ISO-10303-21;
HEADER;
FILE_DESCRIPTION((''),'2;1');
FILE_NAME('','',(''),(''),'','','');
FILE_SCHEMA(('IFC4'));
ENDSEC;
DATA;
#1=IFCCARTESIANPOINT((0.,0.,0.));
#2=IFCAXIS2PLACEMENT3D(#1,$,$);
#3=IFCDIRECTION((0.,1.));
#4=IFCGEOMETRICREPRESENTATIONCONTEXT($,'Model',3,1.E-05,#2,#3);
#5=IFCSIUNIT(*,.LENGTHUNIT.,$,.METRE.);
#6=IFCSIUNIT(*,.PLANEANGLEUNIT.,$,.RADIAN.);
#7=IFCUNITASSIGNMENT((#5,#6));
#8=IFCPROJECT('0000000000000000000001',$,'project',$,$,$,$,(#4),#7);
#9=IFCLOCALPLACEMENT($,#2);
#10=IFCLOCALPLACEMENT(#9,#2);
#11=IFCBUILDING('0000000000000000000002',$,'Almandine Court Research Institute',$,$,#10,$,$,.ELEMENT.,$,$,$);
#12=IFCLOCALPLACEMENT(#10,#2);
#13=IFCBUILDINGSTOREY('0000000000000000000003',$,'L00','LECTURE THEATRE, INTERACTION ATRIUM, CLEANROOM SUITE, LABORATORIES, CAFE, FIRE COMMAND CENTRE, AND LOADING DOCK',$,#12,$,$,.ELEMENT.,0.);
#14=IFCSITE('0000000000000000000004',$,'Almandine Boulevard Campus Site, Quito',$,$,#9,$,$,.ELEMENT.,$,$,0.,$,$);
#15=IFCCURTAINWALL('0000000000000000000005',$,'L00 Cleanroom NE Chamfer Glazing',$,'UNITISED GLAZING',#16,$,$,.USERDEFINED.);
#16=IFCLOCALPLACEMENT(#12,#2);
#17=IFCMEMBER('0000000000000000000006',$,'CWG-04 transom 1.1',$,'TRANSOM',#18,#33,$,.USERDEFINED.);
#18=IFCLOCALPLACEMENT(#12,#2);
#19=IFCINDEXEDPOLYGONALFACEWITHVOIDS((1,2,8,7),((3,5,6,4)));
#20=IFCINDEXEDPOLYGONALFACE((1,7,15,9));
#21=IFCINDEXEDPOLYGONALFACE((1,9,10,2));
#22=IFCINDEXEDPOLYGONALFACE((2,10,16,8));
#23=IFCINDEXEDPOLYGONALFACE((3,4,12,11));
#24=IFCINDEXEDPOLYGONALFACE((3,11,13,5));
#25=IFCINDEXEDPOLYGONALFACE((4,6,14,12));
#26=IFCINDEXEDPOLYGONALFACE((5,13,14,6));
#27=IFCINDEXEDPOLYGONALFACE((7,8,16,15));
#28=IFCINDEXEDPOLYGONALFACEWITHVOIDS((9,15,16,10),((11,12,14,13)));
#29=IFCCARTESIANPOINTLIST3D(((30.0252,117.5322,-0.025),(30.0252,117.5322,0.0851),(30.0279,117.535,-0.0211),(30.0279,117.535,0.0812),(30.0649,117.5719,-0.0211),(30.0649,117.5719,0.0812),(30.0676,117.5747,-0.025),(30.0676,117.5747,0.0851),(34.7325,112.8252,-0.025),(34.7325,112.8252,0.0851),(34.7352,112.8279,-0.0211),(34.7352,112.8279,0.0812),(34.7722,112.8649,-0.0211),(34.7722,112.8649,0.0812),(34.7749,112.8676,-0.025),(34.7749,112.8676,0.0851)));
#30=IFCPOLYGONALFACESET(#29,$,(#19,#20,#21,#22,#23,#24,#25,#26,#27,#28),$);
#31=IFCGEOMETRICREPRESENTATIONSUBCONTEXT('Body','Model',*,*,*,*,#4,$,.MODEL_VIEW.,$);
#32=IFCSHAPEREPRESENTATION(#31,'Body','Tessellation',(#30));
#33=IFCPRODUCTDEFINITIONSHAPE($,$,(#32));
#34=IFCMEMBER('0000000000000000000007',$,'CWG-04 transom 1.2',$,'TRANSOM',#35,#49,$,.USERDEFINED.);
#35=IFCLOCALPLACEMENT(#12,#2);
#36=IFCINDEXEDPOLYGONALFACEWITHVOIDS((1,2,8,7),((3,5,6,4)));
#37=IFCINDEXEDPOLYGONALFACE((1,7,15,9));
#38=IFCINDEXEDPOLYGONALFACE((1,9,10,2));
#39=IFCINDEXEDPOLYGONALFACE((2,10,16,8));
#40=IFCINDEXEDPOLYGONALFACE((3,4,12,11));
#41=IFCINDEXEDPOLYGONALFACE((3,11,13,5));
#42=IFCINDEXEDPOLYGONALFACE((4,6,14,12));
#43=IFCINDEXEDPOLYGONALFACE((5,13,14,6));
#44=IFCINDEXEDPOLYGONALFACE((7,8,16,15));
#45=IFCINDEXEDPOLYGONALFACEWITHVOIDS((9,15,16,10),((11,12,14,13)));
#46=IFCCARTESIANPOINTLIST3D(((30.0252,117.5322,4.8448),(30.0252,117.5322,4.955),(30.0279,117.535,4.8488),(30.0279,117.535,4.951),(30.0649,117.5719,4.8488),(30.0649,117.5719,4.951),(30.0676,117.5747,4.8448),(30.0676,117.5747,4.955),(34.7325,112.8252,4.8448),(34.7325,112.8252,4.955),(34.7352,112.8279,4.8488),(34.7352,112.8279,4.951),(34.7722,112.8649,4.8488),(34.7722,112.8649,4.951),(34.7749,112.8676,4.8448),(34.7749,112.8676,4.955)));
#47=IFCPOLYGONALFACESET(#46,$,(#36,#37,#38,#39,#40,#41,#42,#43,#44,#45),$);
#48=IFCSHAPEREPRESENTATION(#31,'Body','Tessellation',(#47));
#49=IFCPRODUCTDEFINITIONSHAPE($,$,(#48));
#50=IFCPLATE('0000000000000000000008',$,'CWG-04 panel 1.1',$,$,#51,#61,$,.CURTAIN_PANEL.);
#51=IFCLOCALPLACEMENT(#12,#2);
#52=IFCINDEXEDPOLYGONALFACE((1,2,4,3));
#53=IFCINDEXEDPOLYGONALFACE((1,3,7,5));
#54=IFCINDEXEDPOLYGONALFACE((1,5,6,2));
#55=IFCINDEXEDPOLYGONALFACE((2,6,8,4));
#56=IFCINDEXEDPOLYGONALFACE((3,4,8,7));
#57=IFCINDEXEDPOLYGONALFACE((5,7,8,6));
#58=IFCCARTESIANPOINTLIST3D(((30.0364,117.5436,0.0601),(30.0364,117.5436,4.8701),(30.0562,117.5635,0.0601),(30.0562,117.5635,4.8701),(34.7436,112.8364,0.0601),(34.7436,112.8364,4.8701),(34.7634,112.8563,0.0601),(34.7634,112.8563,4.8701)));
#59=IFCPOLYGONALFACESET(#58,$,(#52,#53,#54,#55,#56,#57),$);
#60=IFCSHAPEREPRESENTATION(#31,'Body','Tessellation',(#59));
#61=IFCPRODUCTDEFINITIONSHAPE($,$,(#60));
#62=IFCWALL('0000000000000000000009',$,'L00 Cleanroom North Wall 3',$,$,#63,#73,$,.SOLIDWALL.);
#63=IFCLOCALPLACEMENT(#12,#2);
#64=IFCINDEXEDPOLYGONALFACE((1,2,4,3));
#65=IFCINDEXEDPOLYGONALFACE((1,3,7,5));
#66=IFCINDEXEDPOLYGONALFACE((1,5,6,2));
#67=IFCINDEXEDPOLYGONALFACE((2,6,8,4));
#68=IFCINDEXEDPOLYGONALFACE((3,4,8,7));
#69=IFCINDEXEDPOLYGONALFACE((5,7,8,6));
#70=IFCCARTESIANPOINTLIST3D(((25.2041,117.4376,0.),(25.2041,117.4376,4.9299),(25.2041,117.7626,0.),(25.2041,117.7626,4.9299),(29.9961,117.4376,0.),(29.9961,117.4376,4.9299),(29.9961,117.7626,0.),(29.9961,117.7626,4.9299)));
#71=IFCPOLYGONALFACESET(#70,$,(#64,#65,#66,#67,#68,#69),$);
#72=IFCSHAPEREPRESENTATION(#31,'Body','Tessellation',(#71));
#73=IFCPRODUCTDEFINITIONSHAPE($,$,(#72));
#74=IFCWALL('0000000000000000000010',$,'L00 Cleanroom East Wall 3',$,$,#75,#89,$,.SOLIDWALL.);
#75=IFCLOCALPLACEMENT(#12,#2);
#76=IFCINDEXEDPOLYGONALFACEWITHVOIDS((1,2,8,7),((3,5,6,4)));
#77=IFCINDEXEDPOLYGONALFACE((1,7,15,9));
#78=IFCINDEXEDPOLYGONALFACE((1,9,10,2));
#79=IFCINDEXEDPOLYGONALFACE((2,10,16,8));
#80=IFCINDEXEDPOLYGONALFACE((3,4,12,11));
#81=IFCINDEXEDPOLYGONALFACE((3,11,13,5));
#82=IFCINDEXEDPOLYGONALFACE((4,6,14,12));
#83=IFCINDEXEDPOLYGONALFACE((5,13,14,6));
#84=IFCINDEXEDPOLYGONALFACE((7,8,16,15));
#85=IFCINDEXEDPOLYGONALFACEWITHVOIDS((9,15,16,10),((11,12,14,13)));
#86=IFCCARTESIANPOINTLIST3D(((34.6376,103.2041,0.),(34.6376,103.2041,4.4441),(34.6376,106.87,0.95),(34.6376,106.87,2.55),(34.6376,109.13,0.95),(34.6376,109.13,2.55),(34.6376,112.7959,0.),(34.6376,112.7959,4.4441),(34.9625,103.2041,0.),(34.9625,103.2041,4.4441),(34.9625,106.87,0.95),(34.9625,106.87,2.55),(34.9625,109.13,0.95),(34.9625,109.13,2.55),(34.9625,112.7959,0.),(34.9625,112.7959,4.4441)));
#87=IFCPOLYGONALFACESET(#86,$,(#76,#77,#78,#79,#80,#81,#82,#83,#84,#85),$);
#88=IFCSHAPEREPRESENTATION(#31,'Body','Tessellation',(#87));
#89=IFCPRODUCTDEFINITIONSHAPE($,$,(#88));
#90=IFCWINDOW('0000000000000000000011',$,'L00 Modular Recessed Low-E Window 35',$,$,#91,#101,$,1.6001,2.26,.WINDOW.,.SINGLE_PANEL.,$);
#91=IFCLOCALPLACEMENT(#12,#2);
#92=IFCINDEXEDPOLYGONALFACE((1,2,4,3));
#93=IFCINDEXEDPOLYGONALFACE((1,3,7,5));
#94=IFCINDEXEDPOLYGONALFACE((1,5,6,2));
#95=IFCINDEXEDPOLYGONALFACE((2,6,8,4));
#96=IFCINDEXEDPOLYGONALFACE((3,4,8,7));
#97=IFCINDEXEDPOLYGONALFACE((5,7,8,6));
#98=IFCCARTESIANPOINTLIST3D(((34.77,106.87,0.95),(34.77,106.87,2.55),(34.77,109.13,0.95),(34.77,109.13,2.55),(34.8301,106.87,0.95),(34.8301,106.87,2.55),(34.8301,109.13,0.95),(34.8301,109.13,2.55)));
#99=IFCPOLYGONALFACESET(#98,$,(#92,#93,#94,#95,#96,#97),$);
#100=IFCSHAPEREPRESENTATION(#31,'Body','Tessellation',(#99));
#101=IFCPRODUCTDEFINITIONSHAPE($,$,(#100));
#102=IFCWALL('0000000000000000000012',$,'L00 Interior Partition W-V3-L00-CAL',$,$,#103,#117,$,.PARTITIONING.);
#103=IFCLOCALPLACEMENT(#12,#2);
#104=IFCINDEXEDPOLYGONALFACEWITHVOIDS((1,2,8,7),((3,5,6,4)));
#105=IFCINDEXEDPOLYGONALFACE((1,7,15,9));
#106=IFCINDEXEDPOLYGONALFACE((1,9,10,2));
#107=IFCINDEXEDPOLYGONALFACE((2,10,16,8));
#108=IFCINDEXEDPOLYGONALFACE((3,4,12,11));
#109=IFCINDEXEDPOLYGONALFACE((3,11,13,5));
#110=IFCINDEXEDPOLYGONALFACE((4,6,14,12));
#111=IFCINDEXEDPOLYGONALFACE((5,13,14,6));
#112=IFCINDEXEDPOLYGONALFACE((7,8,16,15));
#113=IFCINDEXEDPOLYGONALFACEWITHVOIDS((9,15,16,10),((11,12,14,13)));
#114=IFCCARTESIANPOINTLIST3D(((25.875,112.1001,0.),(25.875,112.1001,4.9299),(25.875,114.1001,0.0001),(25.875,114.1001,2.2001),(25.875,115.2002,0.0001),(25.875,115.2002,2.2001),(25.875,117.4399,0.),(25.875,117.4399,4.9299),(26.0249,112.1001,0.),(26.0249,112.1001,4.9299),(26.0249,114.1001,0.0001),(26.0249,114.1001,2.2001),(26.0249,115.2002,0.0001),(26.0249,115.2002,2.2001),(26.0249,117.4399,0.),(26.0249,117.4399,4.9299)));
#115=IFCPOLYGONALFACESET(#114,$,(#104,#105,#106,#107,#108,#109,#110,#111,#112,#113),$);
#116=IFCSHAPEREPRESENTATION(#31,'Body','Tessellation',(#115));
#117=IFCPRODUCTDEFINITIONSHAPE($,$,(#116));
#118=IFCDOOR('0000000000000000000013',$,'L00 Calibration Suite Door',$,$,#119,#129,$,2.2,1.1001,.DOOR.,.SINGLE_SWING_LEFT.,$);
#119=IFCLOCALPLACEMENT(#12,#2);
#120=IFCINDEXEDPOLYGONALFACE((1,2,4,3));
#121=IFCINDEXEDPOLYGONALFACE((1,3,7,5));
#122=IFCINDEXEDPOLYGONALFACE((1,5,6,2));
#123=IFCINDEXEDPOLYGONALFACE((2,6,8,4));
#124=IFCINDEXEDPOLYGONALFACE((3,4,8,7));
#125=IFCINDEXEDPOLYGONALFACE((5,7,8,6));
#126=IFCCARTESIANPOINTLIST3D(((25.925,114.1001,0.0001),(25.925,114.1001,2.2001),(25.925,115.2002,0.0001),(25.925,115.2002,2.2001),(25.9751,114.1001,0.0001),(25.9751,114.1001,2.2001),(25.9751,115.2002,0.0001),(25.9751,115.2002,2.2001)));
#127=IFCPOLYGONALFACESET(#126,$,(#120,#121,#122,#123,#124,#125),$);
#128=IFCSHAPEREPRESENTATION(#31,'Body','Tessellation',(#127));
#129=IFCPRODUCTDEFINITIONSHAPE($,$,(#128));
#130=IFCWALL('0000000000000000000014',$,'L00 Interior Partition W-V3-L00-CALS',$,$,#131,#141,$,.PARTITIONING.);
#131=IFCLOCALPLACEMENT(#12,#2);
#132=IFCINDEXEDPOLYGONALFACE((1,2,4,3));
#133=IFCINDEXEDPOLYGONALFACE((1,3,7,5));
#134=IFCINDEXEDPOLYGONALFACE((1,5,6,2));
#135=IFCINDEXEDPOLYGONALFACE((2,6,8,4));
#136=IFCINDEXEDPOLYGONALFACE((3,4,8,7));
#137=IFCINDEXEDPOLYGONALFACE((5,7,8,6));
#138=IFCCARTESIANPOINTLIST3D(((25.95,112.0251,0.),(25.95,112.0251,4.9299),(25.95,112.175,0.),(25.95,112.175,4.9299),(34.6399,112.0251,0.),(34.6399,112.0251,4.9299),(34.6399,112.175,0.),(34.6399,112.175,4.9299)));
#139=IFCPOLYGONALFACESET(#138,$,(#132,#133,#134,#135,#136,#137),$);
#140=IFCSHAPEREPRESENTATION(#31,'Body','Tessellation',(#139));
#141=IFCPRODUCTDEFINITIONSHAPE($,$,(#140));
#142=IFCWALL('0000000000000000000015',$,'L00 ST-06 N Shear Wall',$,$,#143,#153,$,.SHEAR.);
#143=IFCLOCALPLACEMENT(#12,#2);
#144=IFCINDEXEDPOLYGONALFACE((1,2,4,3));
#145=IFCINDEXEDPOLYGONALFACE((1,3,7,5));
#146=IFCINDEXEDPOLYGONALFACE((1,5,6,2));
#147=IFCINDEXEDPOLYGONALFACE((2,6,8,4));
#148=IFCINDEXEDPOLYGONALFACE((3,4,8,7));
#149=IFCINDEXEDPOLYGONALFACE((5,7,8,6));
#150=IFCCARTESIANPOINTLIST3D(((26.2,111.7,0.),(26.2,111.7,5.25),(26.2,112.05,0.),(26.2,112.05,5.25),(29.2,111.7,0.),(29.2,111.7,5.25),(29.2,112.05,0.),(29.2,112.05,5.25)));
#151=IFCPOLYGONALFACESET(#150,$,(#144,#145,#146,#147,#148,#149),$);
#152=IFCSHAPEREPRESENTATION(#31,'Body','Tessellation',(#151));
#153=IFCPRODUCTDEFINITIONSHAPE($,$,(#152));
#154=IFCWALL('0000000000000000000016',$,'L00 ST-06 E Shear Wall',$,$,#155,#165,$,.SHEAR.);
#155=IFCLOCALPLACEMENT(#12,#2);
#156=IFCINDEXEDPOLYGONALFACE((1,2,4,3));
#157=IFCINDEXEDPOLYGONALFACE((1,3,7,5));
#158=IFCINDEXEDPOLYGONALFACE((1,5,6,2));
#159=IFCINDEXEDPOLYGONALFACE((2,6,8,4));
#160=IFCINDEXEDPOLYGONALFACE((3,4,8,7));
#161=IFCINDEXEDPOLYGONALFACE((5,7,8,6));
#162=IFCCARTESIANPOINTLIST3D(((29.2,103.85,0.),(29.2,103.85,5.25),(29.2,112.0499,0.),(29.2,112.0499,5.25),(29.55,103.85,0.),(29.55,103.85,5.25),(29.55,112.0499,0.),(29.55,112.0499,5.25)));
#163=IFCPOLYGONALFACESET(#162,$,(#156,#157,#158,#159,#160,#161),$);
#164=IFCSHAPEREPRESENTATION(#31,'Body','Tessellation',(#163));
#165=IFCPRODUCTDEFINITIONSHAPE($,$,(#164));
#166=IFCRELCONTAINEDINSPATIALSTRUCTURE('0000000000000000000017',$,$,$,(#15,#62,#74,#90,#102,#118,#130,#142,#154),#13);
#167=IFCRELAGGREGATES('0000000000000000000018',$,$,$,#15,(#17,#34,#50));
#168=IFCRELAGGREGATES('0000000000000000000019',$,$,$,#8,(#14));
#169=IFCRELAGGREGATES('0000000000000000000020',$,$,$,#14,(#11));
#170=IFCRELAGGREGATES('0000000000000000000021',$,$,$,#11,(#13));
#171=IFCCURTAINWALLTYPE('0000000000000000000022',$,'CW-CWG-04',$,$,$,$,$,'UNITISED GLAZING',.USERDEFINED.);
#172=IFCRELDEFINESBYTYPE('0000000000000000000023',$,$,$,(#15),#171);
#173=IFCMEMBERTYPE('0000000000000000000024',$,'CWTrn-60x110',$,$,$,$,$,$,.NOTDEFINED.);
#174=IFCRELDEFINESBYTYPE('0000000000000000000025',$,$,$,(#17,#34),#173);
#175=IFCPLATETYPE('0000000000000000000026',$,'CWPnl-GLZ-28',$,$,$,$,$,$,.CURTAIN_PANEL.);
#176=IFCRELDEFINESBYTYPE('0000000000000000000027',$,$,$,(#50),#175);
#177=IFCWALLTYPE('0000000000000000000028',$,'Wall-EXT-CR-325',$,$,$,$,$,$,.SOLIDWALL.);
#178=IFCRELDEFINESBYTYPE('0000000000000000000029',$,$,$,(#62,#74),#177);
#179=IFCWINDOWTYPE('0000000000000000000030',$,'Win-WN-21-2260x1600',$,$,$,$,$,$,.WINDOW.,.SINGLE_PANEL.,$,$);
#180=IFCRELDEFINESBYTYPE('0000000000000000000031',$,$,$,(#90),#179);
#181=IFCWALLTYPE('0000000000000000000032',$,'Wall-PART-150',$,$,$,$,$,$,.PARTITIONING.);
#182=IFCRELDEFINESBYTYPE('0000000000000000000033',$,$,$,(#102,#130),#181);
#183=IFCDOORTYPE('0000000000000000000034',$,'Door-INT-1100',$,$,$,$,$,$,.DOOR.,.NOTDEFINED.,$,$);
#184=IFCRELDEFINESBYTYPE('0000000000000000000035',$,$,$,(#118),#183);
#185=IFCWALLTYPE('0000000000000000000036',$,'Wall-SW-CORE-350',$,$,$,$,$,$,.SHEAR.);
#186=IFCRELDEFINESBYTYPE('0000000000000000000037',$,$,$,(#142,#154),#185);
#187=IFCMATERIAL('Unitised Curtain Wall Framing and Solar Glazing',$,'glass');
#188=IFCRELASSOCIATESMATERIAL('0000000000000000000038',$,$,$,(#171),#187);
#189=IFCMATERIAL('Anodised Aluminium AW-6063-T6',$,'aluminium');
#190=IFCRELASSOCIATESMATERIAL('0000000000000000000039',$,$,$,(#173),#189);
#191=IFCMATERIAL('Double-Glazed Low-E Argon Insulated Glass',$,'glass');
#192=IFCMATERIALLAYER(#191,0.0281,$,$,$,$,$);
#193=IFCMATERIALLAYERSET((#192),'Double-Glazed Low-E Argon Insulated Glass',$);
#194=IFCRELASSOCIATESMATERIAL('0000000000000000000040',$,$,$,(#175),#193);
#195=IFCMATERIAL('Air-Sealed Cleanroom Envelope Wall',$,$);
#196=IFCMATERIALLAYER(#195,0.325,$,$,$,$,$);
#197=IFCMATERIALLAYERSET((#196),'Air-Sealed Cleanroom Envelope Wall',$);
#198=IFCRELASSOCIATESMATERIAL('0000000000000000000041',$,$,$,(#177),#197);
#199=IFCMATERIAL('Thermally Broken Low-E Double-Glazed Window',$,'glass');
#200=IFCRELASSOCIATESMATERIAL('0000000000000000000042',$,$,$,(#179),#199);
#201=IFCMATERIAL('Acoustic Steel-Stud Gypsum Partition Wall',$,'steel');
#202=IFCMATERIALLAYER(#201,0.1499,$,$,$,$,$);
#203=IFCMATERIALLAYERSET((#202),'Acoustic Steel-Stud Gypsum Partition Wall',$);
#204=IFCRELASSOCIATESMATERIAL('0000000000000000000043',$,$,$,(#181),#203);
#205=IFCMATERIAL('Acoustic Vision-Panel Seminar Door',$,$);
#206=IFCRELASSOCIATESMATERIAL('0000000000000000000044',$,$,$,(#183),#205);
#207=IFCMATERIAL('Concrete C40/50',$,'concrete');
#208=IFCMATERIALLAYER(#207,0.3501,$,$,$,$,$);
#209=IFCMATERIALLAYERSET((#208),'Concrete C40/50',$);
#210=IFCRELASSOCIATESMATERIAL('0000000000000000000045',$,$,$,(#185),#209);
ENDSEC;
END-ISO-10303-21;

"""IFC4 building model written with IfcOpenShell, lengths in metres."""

from ifc_helpers import new_model, si_unit, direction, frame, frame_2d, origin, origin_2d, place, context, subcontext, project, spatial, rectangle, hollow_rectangle, extrude, material, layer, layer_set, material_profile, profile_set, type_object, element, fill, aggregate, save


model = new_model("IFC4")

# Units and contexts
model_context = context("Model", 3, precision=1e-05, world=origin(), true_north=direction((0.0, 1.0)))
body_context = subcontext(model_context, "Body", "Model", "MODEL_VIEW")
ifc_project = project(units=[si_unit("LENGTHUNIT", "METRE"), si_unit("PLANEANGLEUNIT", "RADIAN")], contexts=[model_context])

# Site, building, storey
site_placement = place(None, origin())
site = spatial("IfcSite", under=ifc_project, at=site_placement, Name="Almandine Boulevard Campus Site, Quito", CompositionType="ELEMENT", RefElevation=0.0)
building_placement = place(site_placement, origin())
building = spatial("IfcBuilding", under=site, at=building_placement, Name="Almandine Court Research Institute", CompositionType="ELEMENT")
storey_placement = place(building_placement, origin())
storey = spatial("IfcBuildingStorey", under=building, at=storey_placement, Name="L00", Description="LECTURE THEATRE, INTERACTION ATRIUM, CLEANROOM SUITE, LABORATORIES, CAFE, FIRE COMMAND CENTRE, AND LOADING DOCK", CompositionType="ELEMENT", Elevation=0.0)

# Curtain wall, members, plate
ifc_material_1 = material(Name="Unitised Curtain Wall Framing and Solar Glazing", Category="glass")
curtain_wall_type = type_object("IfcCurtainWallType", Name="CW-CWG-04", ElementType="UNITISED GLAZING", PredefinedType="USERDEFINED", material=ifc_material_1)
curtain_wall_placement = place(storey_placement, origin())
curtain_wall = element("IfcCurtainWall", 1, at=curtain_wall_placement, inside=storey, type_object=curtain_wall_type, Name="L00 Cleanroom NE Chamfer Glazing", ObjectType="UNITISED GLAZING", PredefinedType="USERDEFINED")
ifc_material_2 = material(Name="Anodised Aluminium AW-6063-T6", Category="aluminium")
ifc_material_profile_1 = material_profile(ifc_material_2, hollow_rectangle(XDim=0.0601, YDim=0.1101, WallThickness=0.0039, at=origin_2d()), Name="ALU RHS 60x110x4")
ifc_profile_set_1 = profile_set([ifc_material_profile_1], Name="Anodised Aluminium AW-6063-T6")
member_type_1 = type_object("IfcMemberType", Name="CWTrn-60x110", PredefinedType="NOTDEFINED", material=ifc_profile_set_1)
member_1_placement = place(storey_placement, frame((30.0464, 117.5535, 0.03), z_axis=(0.707125, -0.707088, 0.0), x_axis=(0.707088, 0.707125, 0.0)))
member_1 = element("IfcMember", 2, at=member_1_placement, type_object=member_type_1, Name="CWG-04 transom 1.1", ObjectType="TRANSOM", PredefinedType="USERDEFINED", context=body_context, shape_type="SweptSolid", body=[
    extrude(hollow_rectangle(XDim=0.0601, YDim=0.1101, WallThickness=0.0039, at=origin_2d()), origin(), (0.0, 0.0, 1.0), 6.657),
])
member_2_placement = place(storey_placement, frame((30.0464, 117.5535, 4.8999), z_axis=(0.707125, -0.707088, 0.0), x_axis=(0.707088, 0.707125, 0.0)))
member_2 = element("IfcMember", 3, at=member_2_placement, type_object=member_type_1, Name="CWG-04 transom 1.2", ObjectType="TRANSOM", PredefinedType="USERDEFINED", context=body_context, shape_type="SweptSolid", body=[
    extrude(hollow_rectangle(XDim=0.0601, YDim=0.1101, WallThickness=0.0039, at=origin_2d()), origin(), (0.0, 0.0, 1.0), 6.657),
])
ifc_material_3 = material(Name="Double-Glazed Low-E Argon Insulated Glass", Category="glass")
ifc_layer_1 = layer(ifc_material_3, 0.0281)
ifc_layer_set_1 = layer_set([ifc_layer_1], Name="Double-Glazed Low-E Argon Insulated Glass")
plate_type = type_object("IfcPlateType", Name="CWPnl-GLZ-28", PredefinedType="CURTAIN_PANEL", material=ifc_layer_set_1)
plate_placement = place(storey_placement, frame((32.3999, 115.2, 0.0601), z_axis=(0.0, 0.0, 1.0), x_axis=(0.707107, -0.707107, 0.0)))
plate = element("IfcPlate", 4, at=plate_placement, type_object=plate_type, Name="CWG-04 panel 1.1", PredefinedType="CURTAIN_PANEL", context=body_context, shape_type="SweptSolid", body=[
    extrude(rectangle(XDim=6.657, YDim=0.0281, at=origin_2d()), origin(), (0.0, 0.0, 1.0), 4.8101),
])
aggregate(curtain_wall, [member_1, member_2, plate])

# Wall
ifc_material_4 = material(Name="Air-Sealed Cleanroom Envelope Wall")
ifc_layer_2 = layer(ifc_material_4, 0.325)
ifc_layer_set_2 = layer_set([ifc_layer_2], Name="Air-Sealed Cleanroom Envelope Wall")
wall_type_1 = type_object("IfcWallType", Name="Wall-EXT-CR-325", PredefinedType="SOLIDWALL", material=ifc_layer_set_2)
wall_1_placement = place(storey_placement, frame((25.2041, 117.6001, 0.0), z_axis=(0.0, 0.0, 1.0), x_axis=(1.0, 0.0, 0.0)))
element("IfcWall", 5, at=wall_1_placement, inside=storey, type_object=wall_type_1, Name="L00 Cleanroom North Wall 3", PredefinedType="SOLIDWALL", context=body_context, shape_type="SweptSolid", body=[
    extrude(rectangle(XDim=4.792, YDim=0.325, at=frame_2d((2.396, 0.0))), origin(), (0.0, 0.0, 1.0), 4.9299),
])

# Wall, opening, window
wall_2_placement = place(storey_placement, frame((34.8, 112.7959, 0.0), z_axis=(0.0, 0.0, 1.0), x_axis=(0.0, -1.0, 0.0)))
wall_2 = element("IfcWall", 6, at=wall_2_placement, inside=storey, type_object=wall_type_1, Name="L00 Cleanroom East Wall 3", PredefinedType="SOLIDWALL", context=body_context, shape_type="SweptSolid", body=[
    extrude(rectangle(XDim=9.5918, YDim=0.325, at=frame_2d((4.7959, 0.0))), origin(), (0.0, 0.0, 1.0), 4.4441),
])
opening_1_placement = place(wall_2_placement, frame((3.666, 0.0, 0.95)))
opening_1 = element("IfcOpeningElement", 7, at=opening_1_placement, cuts=wall_2, PredefinedType="OPENING", context=body_context, shape_type="SweptSolid", body=[
    extrude(rectangle(XDim=2.26, YDim=1.6001, at=frame_2d((1.1299, 0.8))), frame((0.0, 0.1724, 0.0), z_axis=(0.0, -1.0, 0.0), x_axis=(1.0, 0.0, 0.0)), (0.0, 0.0, 1.0), 0.345),
])
ifc_material_5 = material(Name="Thermally Broken Low-E Double-Glazed Window", Category="glass")
window_type = type_object("IfcWindowType", Name="Win-WN-21-2260x1600", PartitioningType="SINGLE_PANEL", PredefinedType="WINDOW", material=ifc_material_5)
window_placement = place(opening_1_placement, origin())
window = element("IfcWindow", 8, at=window_placement, inside=storey, type_object=window_type, Name="L00 Modular Recessed Low-E Window 35", OverallHeight=1.6001, OverallWidth=2.26, PartitioningType="SINGLE_PANEL", PredefinedType="WINDOW", context=body_context, shape_type="SweptSolid", body=[
    extrude(rectangle(XDim=2.26, YDim=1.6001, at=frame_2d((1.1299, 0.8))), frame((0.0, 0.03, 0.0), z_axis=(0.0, -1.0, 0.0), x_axis=(1.0, 0.0, 0.0)), (0.0, 0.0, 1.0), 0.0601),
])
fill(opening_1, window)

# Wall, opening, door
ifc_material_6 = material(Name="Acoustic Steel-Stud Gypsum Partition Wall", Category="steel")
ifc_layer_3 = layer(ifc_material_6, 0.1499)
ifc_layer_set_3 = layer_set([ifc_layer_3], Name="Acoustic Steel-Stud Gypsum Partition Wall")
wall_type_2 = type_object("IfcWallType", Name="Wall-PART-150", PredefinedType="PARTITIONING", material=ifc_layer_set_3)
wall_3_placement = place(storey_placement, frame((25.95, 112.1001, 0.0), z_axis=(0.0, 0.0, 1.0), x_axis=(0.0, 1.0, 0.0)))
wall_3 = element("IfcWall", 9, at=wall_3_placement, inside=storey, type_object=wall_type_2, Name="L00 Interior Partition W-V3-L00-CAL", PredefinedType="PARTITIONING", context=body_context, shape_type="SweptSolid", body=[
    extrude(rectangle(XDim=5.3398, YDim=0.1499, at=frame_2d((2.6699, 0.0))), origin(), (0.0, 0.0, 1.0), 4.9299),
])
opening_2_placement = place(wall_3_placement, frame((2.0, 0.0, 0.0)))
opening_2 = element("IfcOpeningElement", 10, at=opening_2_placement, cuts=wall_3, PredefinedType="OPENING", context=body_context, shape_type="SweptSolid", body=[
    extrude(rectangle(XDim=1.1001, YDim=2.2, at=frame_2d((0.55, 1.1001))), frame((0.0, 0.085, 0.0), z_axis=(0.0, -1.0, 0.0), x_axis=(1.0, 0.0, 0.0)), (0.0, 0.0, 1.0), 0.1699),
])
ifc_material_7 = material(Name="Acoustic Vision-Panel Seminar Door")
door_type = type_object("IfcDoorType", Name="Door-INT-1100", OperationType="NOTDEFINED", PredefinedType="DOOR", material=ifc_material_7)
door_placement = place(opening_2_placement, origin())
door = element("IfcDoor", 11, at=door_placement, inside=storey, type_object=door_type, Name="L00 Calibration Suite Door", OperationType="SINGLE_SWING_LEFT", OverallHeight=2.2, OverallWidth=1.1001, PredefinedType="DOOR", context=body_context, shape_type="SweptSolid", body=[
    extrude(rectangle(XDim=1.1001, YDim=2.2, at=frame_2d((0.55, 1.1001))), frame((0.0, 0.0249, 0.0), z_axis=(0.0, -1.0, 0.0), x_axis=(1.0, 0.0, 0.0)), (0.0, 0.0, 1.0), 0.05),
])
fill(opening_2, door)

# Walls
wall_4_placement = place(storey_placement, frame((25.95, 112.1001, 0.0), z_axis=(0.0, 0.0, 1.0), x_axis=(1.0, 0.0, 0.0)))
element("IfcWall", 12, at=wall_4_placement, inside=storey, type_object=wall_type_2, Name="L00 Interior Partition W-V3-L00-CALS", PredefinedType="PARTITIONING", context=body_context, shape_type="SweptSolid", body=[
    extrude(rectangle(XDim=8.6899, YDim=0.1499, at=frame_2d((4.345, 0.0))), origin(), (0.0, 0.0, 1.0), 4.9299),
])
ifc_material_8 = material(Name="Concrete C40/50", Category="concrete")
ifc_layer_4 = layer(ifc_material_8, 0.3501)
ifc_layer_set_4 = layer_set([ifc_layer_4], Name="Concrete C40/50")
wall_type_3 = type_object("IfcWallType", Name="Wall-SW-CORE-350", PredefinedType="SHEAR", material=ifc_layer_set_4)
wall_5_placement = place(storey_placement, frame((26.2, 111.875, 0.0), z_axis=(0.0, 0.0, 1.0), x_axis=(1.0, 0.0, 0.0)))
element("IfcWall", 13, at=wall_5_placement, inside=storey, type_object=wall_type_3, Name="L00 ST-06 N Shear Wall", PredefinedType="SHEAR", context=body_context, shape_type="SweptSolid", body=[
    extrude(rectangle(XDim=3.0, YDim=0.3501, at=frame_2d((1.5, 0.0))), origin(), (0.0, 0.0, 1.0), 5.25),
])
wall_6_placement = place(storey_placement, frame((29.375, 112.05, 0.0), z_axis=(0.0, 0.0, 1.0), x_axis=(0.0, -1.0, 0.0)))
element("IfcWall", 14, at=wall_6_placement, inside=storey, type_object=wall_type_3, Name="L00 ST-06 E Shear Wall", PredefinedType="SHEAR", context=body_context, shape_type="SweptSolid", body=[
    extrude(rectangle(XDim=8.2, YDim=0.3501, at=frame_2d((4.1001, 0.0))), origin(), (0.0, 0.0, 1.0), 5.25),
])

save(model, "model.ifc")
